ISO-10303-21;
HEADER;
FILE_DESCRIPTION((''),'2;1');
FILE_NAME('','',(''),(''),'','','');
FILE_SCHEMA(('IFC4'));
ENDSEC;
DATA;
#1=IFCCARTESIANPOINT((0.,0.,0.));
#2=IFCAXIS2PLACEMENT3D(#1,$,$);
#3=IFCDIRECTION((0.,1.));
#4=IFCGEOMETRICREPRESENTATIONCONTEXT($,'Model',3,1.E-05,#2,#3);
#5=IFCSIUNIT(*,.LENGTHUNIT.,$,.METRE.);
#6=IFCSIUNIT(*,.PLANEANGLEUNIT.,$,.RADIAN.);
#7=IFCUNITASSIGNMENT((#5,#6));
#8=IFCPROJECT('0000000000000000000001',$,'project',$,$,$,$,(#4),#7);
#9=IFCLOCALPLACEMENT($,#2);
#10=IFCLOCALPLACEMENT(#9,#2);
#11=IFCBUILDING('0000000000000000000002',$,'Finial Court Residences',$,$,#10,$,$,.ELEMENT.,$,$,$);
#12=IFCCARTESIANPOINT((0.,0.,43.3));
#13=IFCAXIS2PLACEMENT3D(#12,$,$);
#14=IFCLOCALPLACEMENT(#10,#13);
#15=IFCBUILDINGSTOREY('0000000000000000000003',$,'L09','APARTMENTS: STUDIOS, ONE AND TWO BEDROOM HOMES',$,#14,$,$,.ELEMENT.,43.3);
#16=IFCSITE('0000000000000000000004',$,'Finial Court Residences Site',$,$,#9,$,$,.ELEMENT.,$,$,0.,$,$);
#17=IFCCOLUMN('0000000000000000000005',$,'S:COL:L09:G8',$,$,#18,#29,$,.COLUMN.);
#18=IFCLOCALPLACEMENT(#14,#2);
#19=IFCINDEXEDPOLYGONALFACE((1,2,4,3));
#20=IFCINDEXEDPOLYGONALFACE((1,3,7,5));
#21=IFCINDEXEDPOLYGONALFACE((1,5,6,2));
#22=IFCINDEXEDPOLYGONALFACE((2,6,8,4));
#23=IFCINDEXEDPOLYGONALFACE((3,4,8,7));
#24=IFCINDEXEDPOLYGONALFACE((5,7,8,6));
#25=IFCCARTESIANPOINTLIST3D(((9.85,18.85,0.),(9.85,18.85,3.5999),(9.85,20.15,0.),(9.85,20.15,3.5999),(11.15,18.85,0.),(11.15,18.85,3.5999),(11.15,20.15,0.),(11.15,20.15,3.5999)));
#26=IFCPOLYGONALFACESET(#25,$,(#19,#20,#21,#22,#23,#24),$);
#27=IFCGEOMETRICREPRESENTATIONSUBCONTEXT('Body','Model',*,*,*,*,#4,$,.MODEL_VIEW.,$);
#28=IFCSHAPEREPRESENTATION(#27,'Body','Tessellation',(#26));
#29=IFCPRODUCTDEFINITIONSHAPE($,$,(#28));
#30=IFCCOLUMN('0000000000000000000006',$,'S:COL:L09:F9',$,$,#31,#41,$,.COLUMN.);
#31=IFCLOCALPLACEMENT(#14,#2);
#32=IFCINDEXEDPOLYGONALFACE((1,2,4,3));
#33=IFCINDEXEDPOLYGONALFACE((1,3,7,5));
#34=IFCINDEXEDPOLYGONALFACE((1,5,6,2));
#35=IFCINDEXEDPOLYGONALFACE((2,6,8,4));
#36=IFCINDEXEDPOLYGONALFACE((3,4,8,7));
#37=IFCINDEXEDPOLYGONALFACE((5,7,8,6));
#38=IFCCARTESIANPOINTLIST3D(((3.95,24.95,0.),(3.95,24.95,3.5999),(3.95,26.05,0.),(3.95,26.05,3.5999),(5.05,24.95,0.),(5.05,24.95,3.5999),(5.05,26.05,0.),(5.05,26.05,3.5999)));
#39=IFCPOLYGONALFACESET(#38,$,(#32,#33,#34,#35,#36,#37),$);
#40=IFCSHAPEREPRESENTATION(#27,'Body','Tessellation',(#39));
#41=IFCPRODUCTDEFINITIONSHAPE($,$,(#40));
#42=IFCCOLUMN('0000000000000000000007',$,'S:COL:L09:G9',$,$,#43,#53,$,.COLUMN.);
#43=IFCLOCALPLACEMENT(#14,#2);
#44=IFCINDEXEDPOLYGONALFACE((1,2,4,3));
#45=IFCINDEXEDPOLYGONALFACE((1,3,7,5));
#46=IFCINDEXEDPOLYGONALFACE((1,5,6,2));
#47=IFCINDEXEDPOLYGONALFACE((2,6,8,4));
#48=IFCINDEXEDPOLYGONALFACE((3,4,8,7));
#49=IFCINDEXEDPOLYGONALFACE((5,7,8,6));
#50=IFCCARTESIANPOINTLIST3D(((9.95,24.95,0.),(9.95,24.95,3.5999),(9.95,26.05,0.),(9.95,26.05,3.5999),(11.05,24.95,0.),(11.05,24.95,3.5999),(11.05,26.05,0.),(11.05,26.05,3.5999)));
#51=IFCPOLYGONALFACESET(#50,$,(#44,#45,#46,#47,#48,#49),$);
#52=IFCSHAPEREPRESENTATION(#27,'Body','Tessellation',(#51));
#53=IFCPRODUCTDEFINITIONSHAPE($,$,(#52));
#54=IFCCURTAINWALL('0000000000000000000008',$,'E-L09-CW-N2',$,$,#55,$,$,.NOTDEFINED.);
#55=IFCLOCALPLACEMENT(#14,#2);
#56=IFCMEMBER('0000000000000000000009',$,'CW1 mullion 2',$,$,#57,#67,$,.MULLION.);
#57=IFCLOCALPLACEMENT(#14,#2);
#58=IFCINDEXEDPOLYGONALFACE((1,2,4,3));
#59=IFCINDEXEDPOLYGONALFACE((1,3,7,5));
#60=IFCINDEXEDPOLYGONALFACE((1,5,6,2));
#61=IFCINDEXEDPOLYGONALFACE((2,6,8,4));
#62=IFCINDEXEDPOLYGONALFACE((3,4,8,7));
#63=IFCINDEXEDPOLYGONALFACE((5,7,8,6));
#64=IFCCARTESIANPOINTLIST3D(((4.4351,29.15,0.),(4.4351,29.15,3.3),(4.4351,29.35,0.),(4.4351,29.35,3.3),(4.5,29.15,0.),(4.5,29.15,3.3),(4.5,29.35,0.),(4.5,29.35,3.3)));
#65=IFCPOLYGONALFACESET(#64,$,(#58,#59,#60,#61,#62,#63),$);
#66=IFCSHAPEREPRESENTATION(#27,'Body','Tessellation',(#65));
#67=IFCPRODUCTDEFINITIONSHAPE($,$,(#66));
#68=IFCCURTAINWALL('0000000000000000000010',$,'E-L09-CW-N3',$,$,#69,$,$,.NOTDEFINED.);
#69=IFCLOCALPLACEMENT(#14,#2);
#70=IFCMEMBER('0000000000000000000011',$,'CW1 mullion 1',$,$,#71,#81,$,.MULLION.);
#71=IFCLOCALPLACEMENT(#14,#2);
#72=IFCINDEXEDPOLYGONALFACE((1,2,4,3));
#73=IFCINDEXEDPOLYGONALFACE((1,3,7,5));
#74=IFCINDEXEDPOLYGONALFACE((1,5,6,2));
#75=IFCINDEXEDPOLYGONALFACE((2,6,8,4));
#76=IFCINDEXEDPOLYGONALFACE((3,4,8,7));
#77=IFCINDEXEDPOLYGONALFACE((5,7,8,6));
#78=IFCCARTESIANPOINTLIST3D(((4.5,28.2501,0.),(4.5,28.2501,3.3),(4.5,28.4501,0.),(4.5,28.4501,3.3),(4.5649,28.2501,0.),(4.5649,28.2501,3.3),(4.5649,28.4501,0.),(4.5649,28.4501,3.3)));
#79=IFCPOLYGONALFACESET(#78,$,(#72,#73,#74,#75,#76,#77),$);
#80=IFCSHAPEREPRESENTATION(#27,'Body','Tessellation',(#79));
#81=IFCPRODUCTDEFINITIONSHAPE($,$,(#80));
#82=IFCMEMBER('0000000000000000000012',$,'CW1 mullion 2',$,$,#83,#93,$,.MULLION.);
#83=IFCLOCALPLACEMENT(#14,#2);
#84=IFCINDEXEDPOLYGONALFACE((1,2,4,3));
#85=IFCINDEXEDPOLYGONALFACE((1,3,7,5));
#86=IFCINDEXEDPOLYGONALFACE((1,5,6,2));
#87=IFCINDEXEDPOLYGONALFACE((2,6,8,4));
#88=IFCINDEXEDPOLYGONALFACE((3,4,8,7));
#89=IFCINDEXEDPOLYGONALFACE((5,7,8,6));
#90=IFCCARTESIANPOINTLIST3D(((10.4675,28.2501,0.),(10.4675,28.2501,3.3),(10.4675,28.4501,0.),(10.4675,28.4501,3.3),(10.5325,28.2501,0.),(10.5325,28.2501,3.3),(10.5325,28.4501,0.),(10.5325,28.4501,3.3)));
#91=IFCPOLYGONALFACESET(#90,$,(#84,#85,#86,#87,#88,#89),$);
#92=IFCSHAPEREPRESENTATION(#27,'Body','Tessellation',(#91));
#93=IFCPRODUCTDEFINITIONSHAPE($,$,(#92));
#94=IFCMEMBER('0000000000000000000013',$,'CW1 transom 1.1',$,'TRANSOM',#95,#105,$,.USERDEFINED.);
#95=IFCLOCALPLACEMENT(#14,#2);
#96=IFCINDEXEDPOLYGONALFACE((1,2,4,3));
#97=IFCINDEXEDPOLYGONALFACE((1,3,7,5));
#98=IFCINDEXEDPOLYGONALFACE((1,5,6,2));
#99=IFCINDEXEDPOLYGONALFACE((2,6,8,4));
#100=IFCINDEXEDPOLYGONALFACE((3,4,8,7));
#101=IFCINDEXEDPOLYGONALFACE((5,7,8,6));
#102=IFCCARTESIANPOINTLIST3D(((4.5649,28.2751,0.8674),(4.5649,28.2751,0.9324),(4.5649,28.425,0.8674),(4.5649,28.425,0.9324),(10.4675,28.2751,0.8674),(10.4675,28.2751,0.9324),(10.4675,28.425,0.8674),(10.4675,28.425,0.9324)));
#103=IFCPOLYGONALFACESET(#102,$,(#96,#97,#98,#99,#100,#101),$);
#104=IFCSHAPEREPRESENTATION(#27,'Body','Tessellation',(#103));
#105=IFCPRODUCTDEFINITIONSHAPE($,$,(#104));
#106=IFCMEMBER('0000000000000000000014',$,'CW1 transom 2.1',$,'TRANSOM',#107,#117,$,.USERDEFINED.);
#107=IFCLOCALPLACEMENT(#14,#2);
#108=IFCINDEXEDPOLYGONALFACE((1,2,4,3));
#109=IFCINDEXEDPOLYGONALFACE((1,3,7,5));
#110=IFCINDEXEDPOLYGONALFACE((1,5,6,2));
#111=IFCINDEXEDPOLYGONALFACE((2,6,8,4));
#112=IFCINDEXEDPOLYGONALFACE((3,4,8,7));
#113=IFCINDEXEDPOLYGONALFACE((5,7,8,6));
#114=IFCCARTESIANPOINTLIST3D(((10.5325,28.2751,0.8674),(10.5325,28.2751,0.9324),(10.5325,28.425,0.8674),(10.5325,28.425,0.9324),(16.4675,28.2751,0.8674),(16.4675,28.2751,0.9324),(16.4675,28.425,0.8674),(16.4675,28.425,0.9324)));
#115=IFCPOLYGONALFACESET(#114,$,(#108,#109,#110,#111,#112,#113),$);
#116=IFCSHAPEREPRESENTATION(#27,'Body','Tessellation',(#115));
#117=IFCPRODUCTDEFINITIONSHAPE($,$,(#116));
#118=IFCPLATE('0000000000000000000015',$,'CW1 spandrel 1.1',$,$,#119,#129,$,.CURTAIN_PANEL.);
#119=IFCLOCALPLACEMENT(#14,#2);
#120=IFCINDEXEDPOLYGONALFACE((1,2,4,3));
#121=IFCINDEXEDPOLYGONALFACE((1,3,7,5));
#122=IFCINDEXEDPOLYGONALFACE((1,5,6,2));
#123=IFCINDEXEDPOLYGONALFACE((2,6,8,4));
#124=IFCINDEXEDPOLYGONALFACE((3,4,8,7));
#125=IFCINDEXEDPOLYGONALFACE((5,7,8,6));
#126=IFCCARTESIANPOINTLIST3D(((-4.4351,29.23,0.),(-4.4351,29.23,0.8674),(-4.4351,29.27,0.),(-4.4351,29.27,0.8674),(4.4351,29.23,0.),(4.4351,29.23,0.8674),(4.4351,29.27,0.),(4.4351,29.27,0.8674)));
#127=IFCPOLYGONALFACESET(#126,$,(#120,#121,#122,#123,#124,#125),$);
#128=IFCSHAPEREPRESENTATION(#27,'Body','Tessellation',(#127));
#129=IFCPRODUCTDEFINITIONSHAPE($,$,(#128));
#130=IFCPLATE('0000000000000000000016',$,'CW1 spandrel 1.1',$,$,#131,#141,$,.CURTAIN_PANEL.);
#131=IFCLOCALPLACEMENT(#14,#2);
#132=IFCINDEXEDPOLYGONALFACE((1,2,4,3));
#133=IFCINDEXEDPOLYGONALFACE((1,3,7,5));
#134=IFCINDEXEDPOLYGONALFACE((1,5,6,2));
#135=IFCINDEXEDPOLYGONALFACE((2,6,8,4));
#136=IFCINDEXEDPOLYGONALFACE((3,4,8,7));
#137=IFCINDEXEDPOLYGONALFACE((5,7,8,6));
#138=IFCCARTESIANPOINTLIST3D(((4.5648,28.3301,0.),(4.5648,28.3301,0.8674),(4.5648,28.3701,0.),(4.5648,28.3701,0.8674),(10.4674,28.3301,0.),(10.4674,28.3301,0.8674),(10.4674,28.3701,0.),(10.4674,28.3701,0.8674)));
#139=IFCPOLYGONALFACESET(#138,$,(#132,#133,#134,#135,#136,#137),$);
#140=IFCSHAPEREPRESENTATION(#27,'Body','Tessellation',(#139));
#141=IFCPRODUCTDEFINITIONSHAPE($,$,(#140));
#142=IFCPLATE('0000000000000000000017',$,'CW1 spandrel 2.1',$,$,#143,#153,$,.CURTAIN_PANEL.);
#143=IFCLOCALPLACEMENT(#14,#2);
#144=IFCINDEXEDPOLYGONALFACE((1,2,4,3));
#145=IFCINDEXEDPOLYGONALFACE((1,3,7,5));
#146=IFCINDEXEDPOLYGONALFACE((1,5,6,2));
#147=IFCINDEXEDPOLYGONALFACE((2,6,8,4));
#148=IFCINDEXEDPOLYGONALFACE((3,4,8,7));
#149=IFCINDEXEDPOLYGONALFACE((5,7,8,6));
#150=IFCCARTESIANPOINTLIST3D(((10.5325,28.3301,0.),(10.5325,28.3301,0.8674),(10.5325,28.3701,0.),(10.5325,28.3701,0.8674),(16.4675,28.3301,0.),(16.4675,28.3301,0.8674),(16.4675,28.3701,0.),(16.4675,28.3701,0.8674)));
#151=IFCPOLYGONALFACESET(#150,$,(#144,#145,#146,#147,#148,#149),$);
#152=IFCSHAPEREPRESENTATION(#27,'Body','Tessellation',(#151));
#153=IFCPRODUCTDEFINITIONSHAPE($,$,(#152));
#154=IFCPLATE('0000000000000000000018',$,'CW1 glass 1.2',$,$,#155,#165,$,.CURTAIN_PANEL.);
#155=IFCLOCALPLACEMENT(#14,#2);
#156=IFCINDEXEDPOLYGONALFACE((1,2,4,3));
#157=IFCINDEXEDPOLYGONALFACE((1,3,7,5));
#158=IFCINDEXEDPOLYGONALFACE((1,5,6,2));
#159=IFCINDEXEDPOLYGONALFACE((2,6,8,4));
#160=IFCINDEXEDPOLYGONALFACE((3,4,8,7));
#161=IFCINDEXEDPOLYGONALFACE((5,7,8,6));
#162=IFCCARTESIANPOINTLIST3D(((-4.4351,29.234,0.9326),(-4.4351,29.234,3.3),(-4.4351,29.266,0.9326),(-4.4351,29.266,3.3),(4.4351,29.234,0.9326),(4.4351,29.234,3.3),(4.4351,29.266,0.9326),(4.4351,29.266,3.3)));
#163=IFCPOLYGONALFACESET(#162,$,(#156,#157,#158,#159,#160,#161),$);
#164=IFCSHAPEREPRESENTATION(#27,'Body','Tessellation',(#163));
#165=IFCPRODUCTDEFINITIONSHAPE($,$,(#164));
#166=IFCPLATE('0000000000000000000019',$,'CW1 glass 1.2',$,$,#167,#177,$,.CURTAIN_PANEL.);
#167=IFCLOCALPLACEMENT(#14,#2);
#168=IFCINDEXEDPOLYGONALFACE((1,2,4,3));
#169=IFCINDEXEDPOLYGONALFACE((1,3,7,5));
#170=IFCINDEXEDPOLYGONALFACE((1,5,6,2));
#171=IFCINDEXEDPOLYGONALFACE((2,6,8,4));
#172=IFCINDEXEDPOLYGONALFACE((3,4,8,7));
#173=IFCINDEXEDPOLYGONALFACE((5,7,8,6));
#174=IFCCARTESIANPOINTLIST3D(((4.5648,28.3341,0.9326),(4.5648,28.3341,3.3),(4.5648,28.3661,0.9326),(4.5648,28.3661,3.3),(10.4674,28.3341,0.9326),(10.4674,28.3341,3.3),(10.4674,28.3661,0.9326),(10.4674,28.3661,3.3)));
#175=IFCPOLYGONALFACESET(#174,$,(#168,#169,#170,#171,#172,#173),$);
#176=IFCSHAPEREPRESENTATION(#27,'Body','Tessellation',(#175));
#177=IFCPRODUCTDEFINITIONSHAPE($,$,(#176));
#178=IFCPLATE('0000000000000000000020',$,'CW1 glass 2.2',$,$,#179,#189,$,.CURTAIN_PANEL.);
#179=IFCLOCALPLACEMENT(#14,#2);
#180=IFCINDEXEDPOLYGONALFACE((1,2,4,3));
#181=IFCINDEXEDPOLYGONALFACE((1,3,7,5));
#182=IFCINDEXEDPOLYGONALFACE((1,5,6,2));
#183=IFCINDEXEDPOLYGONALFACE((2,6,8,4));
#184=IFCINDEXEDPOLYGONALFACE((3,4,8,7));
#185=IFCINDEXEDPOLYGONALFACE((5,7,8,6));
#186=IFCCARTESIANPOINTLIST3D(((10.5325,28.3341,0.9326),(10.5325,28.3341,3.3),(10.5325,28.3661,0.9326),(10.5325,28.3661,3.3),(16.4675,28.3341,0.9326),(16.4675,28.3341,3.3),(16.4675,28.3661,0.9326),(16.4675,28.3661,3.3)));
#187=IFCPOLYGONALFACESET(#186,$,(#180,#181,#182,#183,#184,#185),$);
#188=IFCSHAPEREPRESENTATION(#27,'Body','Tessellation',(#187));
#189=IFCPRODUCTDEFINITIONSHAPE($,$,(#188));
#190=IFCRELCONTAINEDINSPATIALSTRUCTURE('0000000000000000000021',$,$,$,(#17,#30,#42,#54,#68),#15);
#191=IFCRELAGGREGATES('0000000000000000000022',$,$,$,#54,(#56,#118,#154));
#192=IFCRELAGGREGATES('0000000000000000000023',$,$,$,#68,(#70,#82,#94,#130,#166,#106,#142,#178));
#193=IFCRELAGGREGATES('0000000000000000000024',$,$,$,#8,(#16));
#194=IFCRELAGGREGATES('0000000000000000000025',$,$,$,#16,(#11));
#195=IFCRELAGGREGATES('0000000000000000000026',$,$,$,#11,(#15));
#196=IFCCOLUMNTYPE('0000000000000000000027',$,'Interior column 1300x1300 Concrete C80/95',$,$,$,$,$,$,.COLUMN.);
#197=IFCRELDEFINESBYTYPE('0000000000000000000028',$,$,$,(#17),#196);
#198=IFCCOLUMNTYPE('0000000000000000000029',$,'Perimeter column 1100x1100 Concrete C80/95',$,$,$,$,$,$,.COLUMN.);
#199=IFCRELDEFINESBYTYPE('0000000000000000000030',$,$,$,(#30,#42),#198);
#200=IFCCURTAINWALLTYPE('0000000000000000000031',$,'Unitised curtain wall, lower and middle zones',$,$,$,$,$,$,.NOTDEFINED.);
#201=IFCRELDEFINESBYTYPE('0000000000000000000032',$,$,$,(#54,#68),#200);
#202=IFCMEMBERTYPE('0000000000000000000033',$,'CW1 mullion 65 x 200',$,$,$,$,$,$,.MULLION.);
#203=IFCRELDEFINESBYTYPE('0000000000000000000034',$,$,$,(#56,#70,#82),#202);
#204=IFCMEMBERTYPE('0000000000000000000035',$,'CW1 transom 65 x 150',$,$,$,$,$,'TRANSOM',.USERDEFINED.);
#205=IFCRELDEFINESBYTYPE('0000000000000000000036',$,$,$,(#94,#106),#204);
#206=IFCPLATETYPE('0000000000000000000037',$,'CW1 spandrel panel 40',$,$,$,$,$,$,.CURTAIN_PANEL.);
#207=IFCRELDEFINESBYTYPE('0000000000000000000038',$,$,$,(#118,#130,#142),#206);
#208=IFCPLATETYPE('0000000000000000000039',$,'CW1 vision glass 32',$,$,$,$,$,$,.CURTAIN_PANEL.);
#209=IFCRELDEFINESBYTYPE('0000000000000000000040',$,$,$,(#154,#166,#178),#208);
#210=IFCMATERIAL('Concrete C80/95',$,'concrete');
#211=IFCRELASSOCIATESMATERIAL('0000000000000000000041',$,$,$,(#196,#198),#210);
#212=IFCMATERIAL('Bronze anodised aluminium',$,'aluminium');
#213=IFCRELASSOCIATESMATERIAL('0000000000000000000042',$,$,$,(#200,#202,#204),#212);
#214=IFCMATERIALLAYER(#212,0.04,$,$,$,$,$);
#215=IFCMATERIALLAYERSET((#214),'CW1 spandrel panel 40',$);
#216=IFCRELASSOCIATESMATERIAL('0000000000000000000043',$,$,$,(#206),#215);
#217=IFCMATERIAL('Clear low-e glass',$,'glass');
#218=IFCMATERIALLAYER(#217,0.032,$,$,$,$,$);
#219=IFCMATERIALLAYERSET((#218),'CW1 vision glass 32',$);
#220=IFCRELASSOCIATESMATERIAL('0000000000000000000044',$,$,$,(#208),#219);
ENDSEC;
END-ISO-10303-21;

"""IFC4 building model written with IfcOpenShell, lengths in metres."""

from ifc_helpers import new_model, si_unit, direction, frame, origin, origin_2d, place, context, subcontext, project, spatial, rectangle, extrude, material, layer, layer_set, material_profile, profile_set, type_object, element, aggregate, save


model = new_model("IFC4")

# Units and contexts
model_context = context("Model", 3, precision=1e-05, world=origin(), true_north=direction((0.0, 1.0)))
body_context = subcontext(model_context, "Body", "Model", "MODEL_VIEW")
ifc_project = project(units=[si_unit("LENGTHUNIT", "METRE"), si_unit("PLANEANGLEUNIT", "RADIAN")], contexts=[model_context])

# Site, building, storey
site_placement = place(None, origin())
site = spatial("IfcSite", under=ifc_project, at=site_placement, Name="Finial Court Residences Site", CompositionType="ELEMENT", RefElevation=0.0)
building_placement = place(site_placement, origin())
building = spatial("IfcBuilding", under=site, at=building_placement, Name="Finial Court Residences", CompositionType="ELEMENT")
storey_placement = place(building_placement, frame((0.0, 0.0, 43.3)))
storey = spatial("IfcBuildingStorey", under=building, at=storey_placement, Name="L09", Description="APARTMENTS: STUDIOS, ONE AND TWO BEDROOM HOMES", CompositionType="ELEMENT", Elevation=43.3)

# Columns
ifc_material_1 = material(Name="Concrete C80/95", Category="concrete")
ifc_material_profile_1 = material_profile(ifc_material_1, rectangle(XDim=1.3, YDim=1.3, at=origin_2d()), Name="1300x1300")
ifc_profile_set_1 = profile_set([ifc_material_profile_1], Name="Concrete C80/95")
column_type_1 = type_object("IfcColumnType", Name="Interior column 1300x1300 Concrete C80/95", PredefinedType="COLUMN", material=ifc_profile_set_1)
column_placement = place(storey_placement, frame((10.5, 19.5, 0.0), z_axis=(0.0, 0.0, 1.0), x_axis=(1.0, 0.0, 0.0)))
element("IfcColumn", 1, at=column_placement, inside=storey, type_object=column_type_1, Name="S:COL:L09:G8", PredefinedType="COLUMN", context=body_context, shape_type="SweptSolid", body=[
    extrude(rectangle(XDim=1.3, YDim=1.3, at=origin_2d()), origin(), (0.0, 0.0, 1.0), 3.5999),
])
ifc_material_profile_2 = material_profile(ifc_material_1, rectangle(XDim=1.1001, YDim=1.1001, at=origin_2d()), Name="1100x1100")
ifc_profile_set_2 = profile_set([ifc_material_profile_2], Name="Concrete C80/95")
column_type_2 = type_object("IfcColumnType", Name="Perimeter column 1100x1100 Concrete C80/95", PredefinedType="COLUMN", material=ifc_profile_set_2)
for number, where, z_axis, x_axis, name in (
    (2, (4.5, 25.5, 0.0), (0.0, 0.0, 1.0), (1.0, 0.0, 0.0), "S:COL:L09:F9"),
    (3, (10.5, 25.5, 0.0), (0.0, 0.0, 1.0), (1.0, 0.0, 0.0), "S:COL:L09:G9"),
):
    element("IfcColumn", number, at=place(storey_placement, frame(where, z_axis=z_axis, x_axis=x_axis)), inside=storey, type_object=column_type_2, Name=name, PredefinedType="COLUMN", context=body_context, shape_type="SweptSolid", body=[
        extrude(rectangle(XDim=1.1001, YDim=1.1001, at=origin_2d()), origin(), (0.0, 0.0, 1.0), 3.5999),
    ])

# Curtain wall, member
ifc_material_2 = material(Name="Bronze anodised aluminium", Category="aluminium")
curtain_wall_type = type_object("IfcCurtainWallType", Name="Unitised curtain wall, lower and middle zones", PredefinedType="NOTDEFINED", material=ifc_material_2)
curtain_wall_1_placement = place(storey_placement, origin())
curtain_wall_1 = element("IfcCurtainWall", 4, at=curtain_wall_1_placement, inside=storey, type_object=curtain_wall_type, Name="E-L09-CW-N2", PredefinedType="NOTDEFINED")
ifc_material_profile_3 = material_profile(ifc_material_2, rectangle(XDim=0.2, YDim=0.0649, at=origin_2d()), Name="CW1 mullion 65 x 200")
ifc_profile_set_3 = profile_set([ifc_material_profile_3], Name="Bronze anodised aluminium")
member_type_1 = type_object("IfcMemberType", Name="CW1 mullion 65 x 200", PredefinedType="MULLION", material=ifc_profile_set_3)
member_1_placement = place(storey_placement, frame((4.4675, 29.25, 0.0), z_axis=(0.0, 0.0, 1.0), x_axis=(0.0, 1.0, 0.0)))
member_1 = element("IfcMember", 5, at=member_1_placement, type_object=member_type_1, Name="CW1 mullion 2", PredefinedType="MULLION", context=body_context, shape_type="SweptSolid", body=[
    extrude(rectangle(XDim=0.2, YDim=0.0649, at=origin_2d()), origin(), (0.0, 0.0, 1.0), 3.3),
])

# Curtain wall, members
curtain_wall_2_placement = place(storey_placement, origin())
curtain_wall_2 = element("IfcCurtainWall", 6, at=curtain_wall_2_placement, inside=storey, type_object=curtain_wall_type, Name="E-L09-CW-N3", PredefinedType="NOTDEFINED")
member_2_placement = place(storey_placement, frame((4.5325, 28.3501, 0.0), z_axis=(0.0, 0.0, 1.0), x_axis=(0.0, 1.0, 0.0)))
member_2 = element("IfcMember", 7, at=member_2_placement, type_object=member_type_1, Name="CW1 mullion 1", PredefinedType="MULLION", context=body_context, shape_type="SweptSolid", body=[
    extrude(rectangle(XDim=0.2, YDim=0.0649, at=origin_2d()), origin(), (0.0, 0.0, 1.0), 3.3),
])
member_3_placement = place(storey_placement, frame((10.5, 28.3501, 0.0), z_axis=(0.0, 0.0, 1.0), x_axis=(0.0, 1.0, 0.0)))
member_3 = element("IfcMember", 8, at=member_3_placement, type_object=member_type_1, Name="CW1 mullion 2", PredefinedType="MULLION", context=body_context, shape_type="SweptSolid", body=[
    extrude(rectangle(XDim=0.2, YDim=0.0649, at=origin_2d()), origin(), (0.0, 0.0, 1.0), 3.3),
])
ifc_material_profile_4 = material_profile(ifc_material_2, rectangle(XDim=0.1499, YDim=0.0649, at=origin_2d()), Name="CW1 transom 65 x 150")
ifc_profile_set_4 = profile_set([ifc_material_profile_4], Name="Bronze anodised aluminium")
member_type_2 = type_object("IfcMemberType", Name="CW1 transom 65 x 150", ElementType="TRANSOM", PredefinedType="USERDEFINED", material=ifc_profile_set_4)
member_4_placement = place(storey_placement, frame((4.5649, 28.3501, 0.8999), z_axis=(1.0, 0.0, 0.0), x_axis=(0.0, 1.0, 0.0)))
member_4 = element("IfcMember", 9, at=member_4_placement, type_object=member_type_2, Name="CW1 transom 1.1", ObjectType="TRANSOM", PredefinedType="USERDEFINED", context=body_context, shape_type="SweptSolid", body=[
    extrude(rectangle(XDim=0.1499, YDim=0.0649, at=origin_2d()), origin(), (0.0, 0.0, 1.0), 5.9026),
])
member_5_placement = place(storey_placement, frame((10.5325, 28.3501, 0.8999), z_axis=(1.0, 0.0, 0.0), x_axis=(0.0, 1.0, 0.0)))
member_5 = element("IfcMember", 10, at=member_5_placement, type_object=member_type_2, Name="CW1 transom 2.1", ObjectType="TRANSOM", PredefinedType="USERDEFINED", context=body_context, shape_type="SweptSolid", body=[
    extrude(rectangle(XDim=0.1499, YDim=0.0649, at=origin_2d()), origin(), (0.0, 0.0, 1.0), 5.9351),
])

# Plates
ifc_layer_1 = layer(ifc_material_2, 0.04)
ifc_layer_set_1 = layer_set([ifc_layer_1], Name="CW1 spandrel panel 40")
plate_type_1 = type_object("IfcPlateType", Name="CW1 spandrel panel 40", PredefinedType="CURTAIN_PANEL", material=ifc_layer_set_1)
plate_1_placement = place(storey_placement, frame((0.0, 29.25, 0.0), z_axis=(0.0, 0.0, 1.0), x_axis=(1.0, 0.0, 0.0)))
plate_1 = element("IfcPlate", 11, at=plate_1_placement, type_object=plate_type_1, Name="CW1 spandrel 1.1", PredefinedType="CURTAIN_PANEL", context=body_context, shape_type="SweptSolid", body=[
    extrude(rectangle(XDim=8.8701, YDim=0.04, at=origin_2d()), origin(), (0.0, 0.0, 1.0), 0.8674),
])
plate_2_placement = place(storey_placement, frame((7.5161, 28.3501, 0.0), z_axis=(0.0, 0.0, 1.0), x_axis=(1.0, 0.0, 0.0)))
plate_2 = element("IfcPlate", 12, at=plate_2_placement, type_object=plate_type_1, Name="CW1 spandrel 1.1", PredefinedType="CURTAIN_PANEL", context=body_context, shape_type="SweptSolid", body=[
    extrude(rectangle(XDim=5.9026, YDim=0.04, at=origin_2d()), origin(), (0.0, 0.0, 1.0), 0.8674),
])
plate_3_placement = place(storey_placement, frame((13.5, 28.3501, 0.0), z_axis=(0.0, 0.0, 1.0), x_axis=(1.0, 0.0, 0.0)))
plate_3 = element("IfcPlate", 13, at=plate_3_placement, type_object=plate_type_1, Name="CW1 spandrel 2.1", PredefinedType="CURTAIN_PANEL", context=body_context, shape_type="SweptSolid", body=[
    extrude(rectangle(XDim=5.9351, YDim=0.04, at=origin_2d()), origin(), (0.0, 0.0, 1.0), 0.8674),
])
ifc_material_3 = material(Name="Clear low-e glass", Category="glass")
ifc_layer_2 = layer(ifc_material_3, 0.032)
ifc_layer_set_2 = layer_set([ifc_layer_2], Name="CW1 vision glass 32")
plate_type_2 = type_object("IfcPlateType", Name="CW1 vision glass 32", PredefinedType="CURTAIN_PANEL", material=ifc_layer_set_2)
plate_4_placement = place(storey_placement, frame((0.0, 29.25, 0.9326), z_axis=(0.0, 0.0, 1.0), x_axis=(1.0, 0.0, 0.0)))
plate_4 = element("IfcPlate", 14, at=plate_4_placement, type_object=plate_type_2, Name="CW1 glass 1.2", PredefinedType="CURTAIN_PANEL", context=body_context, shape_type="SweptSolid", body=[
    extrude(rectangle(XDim=8.8701, YDim=0.032, at=origin_2d()), origin(), (0.0, 0.0, 1.0), 2.3674),
])
aggregate(curtain_wall_1, [member_1, plate_1, plate_4])
plate_5_placement = place(storey_placement, frame((7.5161, 28.3501, 0.9326), z_axis=(0.0, 0.0, 1.0), x_axis=(1.0, 0.0, 0.0)))
plate_5 = element("IfcPlate", 15, at=plate_5_placement, type_object=plate_type_2, Name="CW1 glass 1.2", PredefinedType="CURTAIN_PANEL", context=body_context, shape_type="SweptSolid", body=[
    extrude(rectangle(XDim=5.9026, YDim=0.032, at=origin_2d()), origin(), (0.0, 0.0, 1.0), 2.3674),
])
plate_6_placement = place(storey_placement, frame((13.5, 28.3501, 0.9326), z_axis=(0.0, 0.0, 1.0), x_axis=(1.0, 0.0, 0.0)))
plate_6 = element("IfcPlate", 16, at=plate_6_placement, type_object=plate_type_2, Name="CW1 glass 2.2", PredefinedType="CURTAIN_PANEL", context=body_context, shape_type="SweptSolid", body=[
    extrude(rectangle(XDim=5.9351, YDim=0.032, at=origin_2d()), origin(), (0.0, 0.0, 1.0), 2.3674),
])
aggregate(curtain_wall_2, [member_2, member_3, member_4, plate_2, plate_5, member_5, plate_3, plate_6])

save(model, "model.ifc")
